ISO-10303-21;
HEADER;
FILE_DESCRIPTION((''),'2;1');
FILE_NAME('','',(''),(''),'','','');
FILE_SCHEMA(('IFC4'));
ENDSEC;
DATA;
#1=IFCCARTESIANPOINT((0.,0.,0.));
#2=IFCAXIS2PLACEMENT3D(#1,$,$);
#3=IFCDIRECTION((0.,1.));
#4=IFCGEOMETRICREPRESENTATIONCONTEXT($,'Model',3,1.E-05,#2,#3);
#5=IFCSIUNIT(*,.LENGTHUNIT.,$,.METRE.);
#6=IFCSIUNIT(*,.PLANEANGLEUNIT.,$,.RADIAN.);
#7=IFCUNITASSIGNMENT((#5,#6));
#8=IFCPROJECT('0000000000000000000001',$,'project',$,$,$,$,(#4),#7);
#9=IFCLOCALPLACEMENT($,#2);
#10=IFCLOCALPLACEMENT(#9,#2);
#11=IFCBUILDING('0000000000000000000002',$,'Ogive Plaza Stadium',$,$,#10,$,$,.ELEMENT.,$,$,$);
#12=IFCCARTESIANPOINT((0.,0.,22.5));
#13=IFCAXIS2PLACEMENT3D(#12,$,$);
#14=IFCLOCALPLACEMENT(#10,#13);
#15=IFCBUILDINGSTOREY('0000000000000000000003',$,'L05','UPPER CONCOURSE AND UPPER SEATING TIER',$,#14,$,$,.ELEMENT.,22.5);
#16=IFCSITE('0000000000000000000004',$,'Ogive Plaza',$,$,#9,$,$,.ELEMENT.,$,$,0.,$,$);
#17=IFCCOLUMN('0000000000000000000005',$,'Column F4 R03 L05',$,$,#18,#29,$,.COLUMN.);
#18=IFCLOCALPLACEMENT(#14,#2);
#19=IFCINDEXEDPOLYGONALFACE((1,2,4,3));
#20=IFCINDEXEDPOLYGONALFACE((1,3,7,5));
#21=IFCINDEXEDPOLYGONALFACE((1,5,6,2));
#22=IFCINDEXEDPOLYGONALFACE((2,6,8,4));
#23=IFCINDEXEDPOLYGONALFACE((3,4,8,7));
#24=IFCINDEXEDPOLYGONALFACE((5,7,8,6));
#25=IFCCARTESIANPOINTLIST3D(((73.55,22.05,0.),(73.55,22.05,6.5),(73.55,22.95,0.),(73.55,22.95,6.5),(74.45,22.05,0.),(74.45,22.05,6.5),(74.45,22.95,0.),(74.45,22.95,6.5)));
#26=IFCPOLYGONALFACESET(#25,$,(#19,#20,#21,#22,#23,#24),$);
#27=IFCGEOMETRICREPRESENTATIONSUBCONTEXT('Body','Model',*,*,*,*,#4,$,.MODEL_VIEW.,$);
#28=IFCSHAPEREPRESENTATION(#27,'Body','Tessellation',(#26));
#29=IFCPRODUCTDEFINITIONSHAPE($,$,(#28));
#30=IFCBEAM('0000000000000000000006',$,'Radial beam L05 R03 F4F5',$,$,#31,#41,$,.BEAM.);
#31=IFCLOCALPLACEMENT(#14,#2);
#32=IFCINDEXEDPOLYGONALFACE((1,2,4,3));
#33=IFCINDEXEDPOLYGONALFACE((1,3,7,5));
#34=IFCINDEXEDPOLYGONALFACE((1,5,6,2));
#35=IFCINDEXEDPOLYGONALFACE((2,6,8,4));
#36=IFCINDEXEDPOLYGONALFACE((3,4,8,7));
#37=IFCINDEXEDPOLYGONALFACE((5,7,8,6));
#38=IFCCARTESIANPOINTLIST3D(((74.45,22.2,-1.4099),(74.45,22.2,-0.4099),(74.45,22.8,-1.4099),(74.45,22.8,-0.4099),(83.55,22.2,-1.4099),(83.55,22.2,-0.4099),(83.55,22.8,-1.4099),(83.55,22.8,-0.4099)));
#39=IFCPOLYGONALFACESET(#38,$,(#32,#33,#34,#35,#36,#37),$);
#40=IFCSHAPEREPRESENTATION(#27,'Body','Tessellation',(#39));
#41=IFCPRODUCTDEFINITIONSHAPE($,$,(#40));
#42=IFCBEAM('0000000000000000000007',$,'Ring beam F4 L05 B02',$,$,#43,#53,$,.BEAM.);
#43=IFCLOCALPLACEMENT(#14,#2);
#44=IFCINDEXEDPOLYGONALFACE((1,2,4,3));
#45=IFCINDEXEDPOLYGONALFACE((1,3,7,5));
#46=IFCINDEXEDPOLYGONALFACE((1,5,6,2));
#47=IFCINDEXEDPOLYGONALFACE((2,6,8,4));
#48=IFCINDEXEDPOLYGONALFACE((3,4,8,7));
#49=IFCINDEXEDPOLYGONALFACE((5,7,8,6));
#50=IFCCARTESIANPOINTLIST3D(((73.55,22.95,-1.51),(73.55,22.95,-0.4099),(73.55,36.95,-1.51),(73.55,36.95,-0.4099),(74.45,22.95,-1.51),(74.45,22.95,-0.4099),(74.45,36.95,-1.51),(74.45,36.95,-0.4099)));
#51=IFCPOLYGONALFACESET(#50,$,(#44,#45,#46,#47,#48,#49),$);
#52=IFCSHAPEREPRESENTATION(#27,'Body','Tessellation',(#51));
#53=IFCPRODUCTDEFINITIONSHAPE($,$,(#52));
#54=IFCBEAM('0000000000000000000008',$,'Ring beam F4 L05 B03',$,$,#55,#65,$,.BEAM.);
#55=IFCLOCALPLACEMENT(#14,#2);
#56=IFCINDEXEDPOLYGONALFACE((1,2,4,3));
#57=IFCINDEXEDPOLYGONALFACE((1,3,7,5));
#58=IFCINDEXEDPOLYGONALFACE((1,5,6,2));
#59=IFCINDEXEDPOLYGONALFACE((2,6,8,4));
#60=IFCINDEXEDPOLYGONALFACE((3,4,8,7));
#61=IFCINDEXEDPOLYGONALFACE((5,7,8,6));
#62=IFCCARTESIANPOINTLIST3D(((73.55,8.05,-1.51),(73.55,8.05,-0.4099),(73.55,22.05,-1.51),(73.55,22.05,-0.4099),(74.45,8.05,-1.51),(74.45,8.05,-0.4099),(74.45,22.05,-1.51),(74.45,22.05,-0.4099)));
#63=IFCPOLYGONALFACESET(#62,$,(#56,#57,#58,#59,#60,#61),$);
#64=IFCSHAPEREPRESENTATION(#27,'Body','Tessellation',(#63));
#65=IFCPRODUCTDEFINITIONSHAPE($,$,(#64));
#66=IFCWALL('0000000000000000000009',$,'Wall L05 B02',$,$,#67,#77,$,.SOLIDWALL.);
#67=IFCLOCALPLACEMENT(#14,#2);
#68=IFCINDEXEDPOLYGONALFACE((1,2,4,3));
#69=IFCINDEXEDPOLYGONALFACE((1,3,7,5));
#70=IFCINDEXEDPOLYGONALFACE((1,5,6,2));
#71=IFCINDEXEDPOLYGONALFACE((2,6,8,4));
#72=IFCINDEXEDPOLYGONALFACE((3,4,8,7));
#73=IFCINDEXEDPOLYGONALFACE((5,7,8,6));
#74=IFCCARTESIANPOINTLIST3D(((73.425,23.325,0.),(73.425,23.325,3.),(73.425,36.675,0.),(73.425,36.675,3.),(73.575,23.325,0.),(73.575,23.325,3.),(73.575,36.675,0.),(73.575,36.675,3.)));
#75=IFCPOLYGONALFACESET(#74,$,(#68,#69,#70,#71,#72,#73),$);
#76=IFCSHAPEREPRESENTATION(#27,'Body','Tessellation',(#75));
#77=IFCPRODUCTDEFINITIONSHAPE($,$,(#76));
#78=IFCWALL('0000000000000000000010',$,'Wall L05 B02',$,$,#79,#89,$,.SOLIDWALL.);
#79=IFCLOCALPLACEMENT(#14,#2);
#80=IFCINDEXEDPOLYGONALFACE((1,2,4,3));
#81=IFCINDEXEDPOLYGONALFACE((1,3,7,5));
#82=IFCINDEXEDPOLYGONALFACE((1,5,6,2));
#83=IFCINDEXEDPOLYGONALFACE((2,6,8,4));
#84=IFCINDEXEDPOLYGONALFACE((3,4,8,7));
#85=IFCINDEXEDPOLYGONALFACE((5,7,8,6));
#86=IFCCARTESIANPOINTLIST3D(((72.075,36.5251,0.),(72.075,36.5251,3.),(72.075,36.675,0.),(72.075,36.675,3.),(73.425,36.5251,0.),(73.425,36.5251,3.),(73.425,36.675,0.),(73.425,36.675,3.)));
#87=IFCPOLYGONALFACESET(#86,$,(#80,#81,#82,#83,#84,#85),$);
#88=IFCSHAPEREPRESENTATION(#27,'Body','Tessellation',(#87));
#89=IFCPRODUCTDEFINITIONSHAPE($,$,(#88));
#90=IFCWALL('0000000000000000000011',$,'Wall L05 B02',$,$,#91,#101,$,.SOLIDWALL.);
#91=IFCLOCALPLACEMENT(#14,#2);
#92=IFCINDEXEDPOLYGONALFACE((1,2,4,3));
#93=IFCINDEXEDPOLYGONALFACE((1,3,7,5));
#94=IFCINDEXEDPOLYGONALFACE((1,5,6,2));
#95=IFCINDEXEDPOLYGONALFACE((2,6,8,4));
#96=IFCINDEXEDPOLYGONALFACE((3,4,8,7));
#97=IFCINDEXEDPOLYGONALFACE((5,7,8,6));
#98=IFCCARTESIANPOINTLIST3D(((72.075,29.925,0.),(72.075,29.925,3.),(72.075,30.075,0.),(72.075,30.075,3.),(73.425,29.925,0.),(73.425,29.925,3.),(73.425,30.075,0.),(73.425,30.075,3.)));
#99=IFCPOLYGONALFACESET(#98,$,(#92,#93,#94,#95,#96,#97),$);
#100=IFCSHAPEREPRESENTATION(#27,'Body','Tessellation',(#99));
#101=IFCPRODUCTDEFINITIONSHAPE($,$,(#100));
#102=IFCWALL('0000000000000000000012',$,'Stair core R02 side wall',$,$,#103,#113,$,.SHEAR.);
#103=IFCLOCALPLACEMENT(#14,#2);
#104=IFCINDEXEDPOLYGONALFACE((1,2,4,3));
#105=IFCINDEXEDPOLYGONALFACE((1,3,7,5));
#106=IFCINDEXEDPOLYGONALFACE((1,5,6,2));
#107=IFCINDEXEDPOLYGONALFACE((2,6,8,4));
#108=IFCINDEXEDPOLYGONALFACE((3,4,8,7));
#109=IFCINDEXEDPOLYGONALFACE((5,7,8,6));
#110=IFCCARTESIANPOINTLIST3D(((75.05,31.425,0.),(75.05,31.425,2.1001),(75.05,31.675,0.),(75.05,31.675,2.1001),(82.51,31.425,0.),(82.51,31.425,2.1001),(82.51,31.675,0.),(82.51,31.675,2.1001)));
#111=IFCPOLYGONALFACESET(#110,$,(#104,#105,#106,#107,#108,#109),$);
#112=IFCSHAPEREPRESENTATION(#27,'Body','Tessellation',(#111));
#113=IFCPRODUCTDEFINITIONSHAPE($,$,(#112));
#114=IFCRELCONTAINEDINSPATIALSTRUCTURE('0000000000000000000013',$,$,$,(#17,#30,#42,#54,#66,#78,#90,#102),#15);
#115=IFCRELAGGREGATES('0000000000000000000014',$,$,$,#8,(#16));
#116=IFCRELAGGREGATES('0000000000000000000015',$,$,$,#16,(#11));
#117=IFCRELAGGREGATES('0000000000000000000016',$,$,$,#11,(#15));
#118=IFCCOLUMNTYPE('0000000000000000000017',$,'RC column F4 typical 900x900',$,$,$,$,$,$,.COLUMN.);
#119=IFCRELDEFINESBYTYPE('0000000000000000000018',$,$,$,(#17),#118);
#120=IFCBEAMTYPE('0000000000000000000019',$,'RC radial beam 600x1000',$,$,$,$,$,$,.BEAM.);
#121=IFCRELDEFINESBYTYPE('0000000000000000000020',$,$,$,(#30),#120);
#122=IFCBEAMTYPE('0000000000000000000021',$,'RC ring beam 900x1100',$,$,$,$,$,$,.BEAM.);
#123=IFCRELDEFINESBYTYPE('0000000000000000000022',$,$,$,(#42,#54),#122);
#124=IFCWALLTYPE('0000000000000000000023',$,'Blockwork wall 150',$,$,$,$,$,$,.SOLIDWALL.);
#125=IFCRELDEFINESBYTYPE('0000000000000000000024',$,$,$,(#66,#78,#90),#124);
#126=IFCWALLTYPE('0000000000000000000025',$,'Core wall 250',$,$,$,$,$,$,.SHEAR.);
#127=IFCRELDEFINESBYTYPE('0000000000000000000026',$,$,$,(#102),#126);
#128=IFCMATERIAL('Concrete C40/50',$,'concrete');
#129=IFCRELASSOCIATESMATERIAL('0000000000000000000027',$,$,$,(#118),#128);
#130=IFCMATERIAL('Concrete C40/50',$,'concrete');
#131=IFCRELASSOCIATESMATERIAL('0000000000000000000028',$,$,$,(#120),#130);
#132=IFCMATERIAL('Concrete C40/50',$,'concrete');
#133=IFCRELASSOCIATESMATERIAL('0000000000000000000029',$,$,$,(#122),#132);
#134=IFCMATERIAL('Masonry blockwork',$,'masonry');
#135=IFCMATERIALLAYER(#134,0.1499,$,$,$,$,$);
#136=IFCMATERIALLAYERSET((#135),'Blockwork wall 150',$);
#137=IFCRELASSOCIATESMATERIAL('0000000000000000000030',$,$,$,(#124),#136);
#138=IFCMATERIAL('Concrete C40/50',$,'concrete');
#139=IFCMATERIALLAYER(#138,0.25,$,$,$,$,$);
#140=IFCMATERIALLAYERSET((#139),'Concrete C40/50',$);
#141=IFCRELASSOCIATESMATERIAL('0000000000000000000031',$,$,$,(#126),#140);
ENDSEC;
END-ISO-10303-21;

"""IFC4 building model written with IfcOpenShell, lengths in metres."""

from ifc_helpers import new_model, si_unit, direction, frame, frame_2d, origin, origin_2d, place, context, subcontext, project, spatial, rectangle, extrude, material, layer, layer_set, material_profile, profile_set, type_object, element, save


model = new_model("IFC4")

# Units and contexts
model_context = context("Model", 3, precision=1e-05, world=origin(), true_north=direction((0.0, 1.0)))
body_context = subcontext(model_context, "Body", "Model", "MODEL_VIEW")
ifc_project = project(units=[si_unit("LENGTHUNIT", "METRE"), si_unit("PLANEANGLEUNIT", "RADIAN")], contexts=[model_context])

# Site, building, storey
site_placement = place(None, origin())
site = spatial("IfcSite", under=ifc_project, at=site_placement, Name="Ogive Plaza", CompositionType="ELEMENT", RefElevation=0.0)
building_placement = place(site_placement, origin())
building = spatial("IfcBuilding", under=site, at=building_placement, Name="Ogive Plaza Stadium", CompositionType="ELEMENT")
storey_placement = place(building_placement, frame((0.0, 0.0, 22.5)))
storey = spatial("IfcBuildingStorey", under=building, at=storey_placement, Name="L05", Description="UPPER CONCOURSE AND UPPER SEATING TIER", CompositionType="ELEMENT", Elevation=22.5)

# Column
ifc_material_1 = material(Name="Concrete C40/50", Category="concrete")
ifc_material_profile_1 = material_profile(ifc_material_1, rectangle(XDim=0.8999, YDim=0.8999, at=origin_2d()), Name="RC 900x900")
ifc_profile_set_1 = profile_set([ifc_material_profile_1], Name="Concrete C40/50")
column_type = type_object("IfcColumnType", Name="RC column F4 typical 900x900", PredefinedType="COLUMN", material=ifc_profile_set_1)
column_placement = place(storey_placement, frame((74.0, 22.5, 0.0), z_axis=(0.0, 0.0, 1.0), x_axis=(0.0, 1.0, 0.0)))
element("IfcColumn", 1, at=column_placement, inside=storey, type_object=column_type, Name="Column F4 R03 L05", PredefinedType="COLUMN", context=body_context, shape_type="SweptSolid", body=[
    extrude(rectangle(XDim=0.8999, YDim=0.8999, at=origin_2d()), origin(), (0.0, 0.0, 1.0), 6.5),
])

# Beams
ifc_material_2 = material(Name="Concrete C40/50", Category="concrete")
ifc_material_profile_2 = material_profile(ifc_material_2, rectangle(XDim=0.6001, YDim=1.0, at=origin_2d()), Name="RC 600x1000")
ifc_profile_set_2 = profile_set([ifc_material_profile_2], Name="Concrete C40/50")
beam_type_1 = type_object("IfcBeamType", Name="RC radial beam 600x1000", PredefinedType="BEAM", material=ifc_profile_set_2)
beam_placement = place(storey_placement, frame((74.45, 22.5, -0.9099), z_axis=(1.0, 0.0, 0.0), x_axis=(0.0, 1.0, 0.0)))
element("IfcBeam", 2, at=beam_placement, inside=storey, type_object=beam_type_1, Name="Radial beam L05 R03 F4F5", PredefinedType="BEAM", context=body_context, shape_type="SweptSolid", body=[
    extrude(rectangle(XDim=0.6001, YDim=1.0, at=origin_2d()), origin(), (0.0, 0.0, 1.0), 9.1001),
])
ifc_material_3 = material(Name="Concrete C40/50", Category="concrete")
ifc_material_profile_3 = material_profile(ifc_material_3, rectangle(XDim=0.8999, YDim=1.1001, at=origin_2d()), Name="RC 900x1100")
ifc_profile_set_3 = profile_set([ifc_material_profile_3], Name="Concrete C40/50")
beam_type_2 = type_object("IfcBeamType", Name="RC ring beam 900x1100", PredefinedType="BEAM", material=ifc_profile_set_3)
for number, where, z_axis, x_axis, name in (
    (3, (74.0, 36.95, -0.96), (0.0, -1.0, 0.0), (1.0, 0.0, 0.0), "Ring beam F4 L05 B02"),
    (4, (74.0, 22.05, -0.96), (0.0, -1.0, 0.0), (1.0, 0.0, 0.0), "Ring beam F4 L05 B03"),
):
    element("IfcBeam", number, at=place(storey_placement, frame(where, z_axis=z_axis, x_axis=x_axis)), inside=storey, type_object=beam_type_2, Name=name, PredefinedType="BEAM", context=body_context, shape_type="SweptSolid", body=[
        extrude(rectangle(XDim=0.8999, YDim=1.1001, at=origin_2d()), origin(), (0.0, 0.0, 1.0), 14.0),
    ])

# Walls
ifc_material_4 = material(Name="Masonry blockwork", Category="masonry")
ifc_layer_1 = layer(ifc_material_4, 0.1499)
ifc_layer_set_1 = layer_set([ifc_layer_1], Name="Blockwork wall 150")
wall_type_1 = type_object("IfcWallType", Name="Blockwork wall 150", PredefinedType="SOLIDWALL", material=ifc_layer_set_1)
wall_1_placement = place(storey_placement, frame((73.5, 36.675, 0.0), z_axis=(0.0, 0.0, 1.0), x_axis=(0.0, -1.0, 0.0)))
element("IfcWall", 5, at=wall_1_placement, inside=storey, type_object=wall_type_1, Name="Wall L05 B02", PredefinedType="SOLIDWALL", context=body_context, shape_type="SweptSolid", body=[
    extrude(rectangle(XDim=13.3501, YDim=0.1499, at=frame_2d((6.675, 0.0))), origin(), (0.0, 0.0, 1.0), 3.0),
])
for number, where, z_axis, x_axis, name in (
    (6, (72.075, 36.6001, 0.0), (0.0, 0.0, 1.0), (1.0, 0.0, 0.0), "Wall L05 B02"),
    (7, (72.075, 30.0, 0.0), (0.0, 0.0, 1.0), (1.0, 0.0, 0.0), "Wall L05 B02"),
):
    element("IfcWall", number, at=place(storey_placement, frame(where, z_axis=z_axis, x_axis=x_axis)), inside=storey, type_object=wall_type_1, Name=name, PredefinedType="SOLIDWALL", context=body_context, shape_type="SweptSolid", body=[
        extrude(rectangle(XDim=1.3501, YDim=0.1499, at=frame_2d((0.675, 0.0))), origin(), (0.0, 0.0, 1.0), 3.0),
    ])

# Shared definitions
ifc_material_5 = material(Name="Concrete C40/50", Category="concrete")
ifc_layer_2 = layer(ifc_material_5, 0.25)
ifc_layer_set_2 = layer_set([ifc_layer_2], Name="Concrete C40/50")
wall_type_2 = type_object("IfcWallType", Name="Core wall 250", PredefinedType="SHEAR", material=ifc_layer_set_2)

# Wall
wall_2_placement = place(storey_placement, frame((75.05, 31.55, 0.0), z_axis=(0.0, 0.0, 1.0), x_axis=(1.0, 0.0, 0.0)))
element("IfcWall", 8, at=wall_2_placement, inside=storey, type_object=wall_type_2, Name="Stair core R02 side wall", PredefinedType="SHEAR", context=body_context, shape_type="SweptSolid", body=[
    extrude(rectangle(XDim=7.46, YDim=0.25, at=frame_2d((3.73, 0.0))), origin(), (0.0, 0.0, 1.0), 2.1001),
])

save(model, "model.ifc")
